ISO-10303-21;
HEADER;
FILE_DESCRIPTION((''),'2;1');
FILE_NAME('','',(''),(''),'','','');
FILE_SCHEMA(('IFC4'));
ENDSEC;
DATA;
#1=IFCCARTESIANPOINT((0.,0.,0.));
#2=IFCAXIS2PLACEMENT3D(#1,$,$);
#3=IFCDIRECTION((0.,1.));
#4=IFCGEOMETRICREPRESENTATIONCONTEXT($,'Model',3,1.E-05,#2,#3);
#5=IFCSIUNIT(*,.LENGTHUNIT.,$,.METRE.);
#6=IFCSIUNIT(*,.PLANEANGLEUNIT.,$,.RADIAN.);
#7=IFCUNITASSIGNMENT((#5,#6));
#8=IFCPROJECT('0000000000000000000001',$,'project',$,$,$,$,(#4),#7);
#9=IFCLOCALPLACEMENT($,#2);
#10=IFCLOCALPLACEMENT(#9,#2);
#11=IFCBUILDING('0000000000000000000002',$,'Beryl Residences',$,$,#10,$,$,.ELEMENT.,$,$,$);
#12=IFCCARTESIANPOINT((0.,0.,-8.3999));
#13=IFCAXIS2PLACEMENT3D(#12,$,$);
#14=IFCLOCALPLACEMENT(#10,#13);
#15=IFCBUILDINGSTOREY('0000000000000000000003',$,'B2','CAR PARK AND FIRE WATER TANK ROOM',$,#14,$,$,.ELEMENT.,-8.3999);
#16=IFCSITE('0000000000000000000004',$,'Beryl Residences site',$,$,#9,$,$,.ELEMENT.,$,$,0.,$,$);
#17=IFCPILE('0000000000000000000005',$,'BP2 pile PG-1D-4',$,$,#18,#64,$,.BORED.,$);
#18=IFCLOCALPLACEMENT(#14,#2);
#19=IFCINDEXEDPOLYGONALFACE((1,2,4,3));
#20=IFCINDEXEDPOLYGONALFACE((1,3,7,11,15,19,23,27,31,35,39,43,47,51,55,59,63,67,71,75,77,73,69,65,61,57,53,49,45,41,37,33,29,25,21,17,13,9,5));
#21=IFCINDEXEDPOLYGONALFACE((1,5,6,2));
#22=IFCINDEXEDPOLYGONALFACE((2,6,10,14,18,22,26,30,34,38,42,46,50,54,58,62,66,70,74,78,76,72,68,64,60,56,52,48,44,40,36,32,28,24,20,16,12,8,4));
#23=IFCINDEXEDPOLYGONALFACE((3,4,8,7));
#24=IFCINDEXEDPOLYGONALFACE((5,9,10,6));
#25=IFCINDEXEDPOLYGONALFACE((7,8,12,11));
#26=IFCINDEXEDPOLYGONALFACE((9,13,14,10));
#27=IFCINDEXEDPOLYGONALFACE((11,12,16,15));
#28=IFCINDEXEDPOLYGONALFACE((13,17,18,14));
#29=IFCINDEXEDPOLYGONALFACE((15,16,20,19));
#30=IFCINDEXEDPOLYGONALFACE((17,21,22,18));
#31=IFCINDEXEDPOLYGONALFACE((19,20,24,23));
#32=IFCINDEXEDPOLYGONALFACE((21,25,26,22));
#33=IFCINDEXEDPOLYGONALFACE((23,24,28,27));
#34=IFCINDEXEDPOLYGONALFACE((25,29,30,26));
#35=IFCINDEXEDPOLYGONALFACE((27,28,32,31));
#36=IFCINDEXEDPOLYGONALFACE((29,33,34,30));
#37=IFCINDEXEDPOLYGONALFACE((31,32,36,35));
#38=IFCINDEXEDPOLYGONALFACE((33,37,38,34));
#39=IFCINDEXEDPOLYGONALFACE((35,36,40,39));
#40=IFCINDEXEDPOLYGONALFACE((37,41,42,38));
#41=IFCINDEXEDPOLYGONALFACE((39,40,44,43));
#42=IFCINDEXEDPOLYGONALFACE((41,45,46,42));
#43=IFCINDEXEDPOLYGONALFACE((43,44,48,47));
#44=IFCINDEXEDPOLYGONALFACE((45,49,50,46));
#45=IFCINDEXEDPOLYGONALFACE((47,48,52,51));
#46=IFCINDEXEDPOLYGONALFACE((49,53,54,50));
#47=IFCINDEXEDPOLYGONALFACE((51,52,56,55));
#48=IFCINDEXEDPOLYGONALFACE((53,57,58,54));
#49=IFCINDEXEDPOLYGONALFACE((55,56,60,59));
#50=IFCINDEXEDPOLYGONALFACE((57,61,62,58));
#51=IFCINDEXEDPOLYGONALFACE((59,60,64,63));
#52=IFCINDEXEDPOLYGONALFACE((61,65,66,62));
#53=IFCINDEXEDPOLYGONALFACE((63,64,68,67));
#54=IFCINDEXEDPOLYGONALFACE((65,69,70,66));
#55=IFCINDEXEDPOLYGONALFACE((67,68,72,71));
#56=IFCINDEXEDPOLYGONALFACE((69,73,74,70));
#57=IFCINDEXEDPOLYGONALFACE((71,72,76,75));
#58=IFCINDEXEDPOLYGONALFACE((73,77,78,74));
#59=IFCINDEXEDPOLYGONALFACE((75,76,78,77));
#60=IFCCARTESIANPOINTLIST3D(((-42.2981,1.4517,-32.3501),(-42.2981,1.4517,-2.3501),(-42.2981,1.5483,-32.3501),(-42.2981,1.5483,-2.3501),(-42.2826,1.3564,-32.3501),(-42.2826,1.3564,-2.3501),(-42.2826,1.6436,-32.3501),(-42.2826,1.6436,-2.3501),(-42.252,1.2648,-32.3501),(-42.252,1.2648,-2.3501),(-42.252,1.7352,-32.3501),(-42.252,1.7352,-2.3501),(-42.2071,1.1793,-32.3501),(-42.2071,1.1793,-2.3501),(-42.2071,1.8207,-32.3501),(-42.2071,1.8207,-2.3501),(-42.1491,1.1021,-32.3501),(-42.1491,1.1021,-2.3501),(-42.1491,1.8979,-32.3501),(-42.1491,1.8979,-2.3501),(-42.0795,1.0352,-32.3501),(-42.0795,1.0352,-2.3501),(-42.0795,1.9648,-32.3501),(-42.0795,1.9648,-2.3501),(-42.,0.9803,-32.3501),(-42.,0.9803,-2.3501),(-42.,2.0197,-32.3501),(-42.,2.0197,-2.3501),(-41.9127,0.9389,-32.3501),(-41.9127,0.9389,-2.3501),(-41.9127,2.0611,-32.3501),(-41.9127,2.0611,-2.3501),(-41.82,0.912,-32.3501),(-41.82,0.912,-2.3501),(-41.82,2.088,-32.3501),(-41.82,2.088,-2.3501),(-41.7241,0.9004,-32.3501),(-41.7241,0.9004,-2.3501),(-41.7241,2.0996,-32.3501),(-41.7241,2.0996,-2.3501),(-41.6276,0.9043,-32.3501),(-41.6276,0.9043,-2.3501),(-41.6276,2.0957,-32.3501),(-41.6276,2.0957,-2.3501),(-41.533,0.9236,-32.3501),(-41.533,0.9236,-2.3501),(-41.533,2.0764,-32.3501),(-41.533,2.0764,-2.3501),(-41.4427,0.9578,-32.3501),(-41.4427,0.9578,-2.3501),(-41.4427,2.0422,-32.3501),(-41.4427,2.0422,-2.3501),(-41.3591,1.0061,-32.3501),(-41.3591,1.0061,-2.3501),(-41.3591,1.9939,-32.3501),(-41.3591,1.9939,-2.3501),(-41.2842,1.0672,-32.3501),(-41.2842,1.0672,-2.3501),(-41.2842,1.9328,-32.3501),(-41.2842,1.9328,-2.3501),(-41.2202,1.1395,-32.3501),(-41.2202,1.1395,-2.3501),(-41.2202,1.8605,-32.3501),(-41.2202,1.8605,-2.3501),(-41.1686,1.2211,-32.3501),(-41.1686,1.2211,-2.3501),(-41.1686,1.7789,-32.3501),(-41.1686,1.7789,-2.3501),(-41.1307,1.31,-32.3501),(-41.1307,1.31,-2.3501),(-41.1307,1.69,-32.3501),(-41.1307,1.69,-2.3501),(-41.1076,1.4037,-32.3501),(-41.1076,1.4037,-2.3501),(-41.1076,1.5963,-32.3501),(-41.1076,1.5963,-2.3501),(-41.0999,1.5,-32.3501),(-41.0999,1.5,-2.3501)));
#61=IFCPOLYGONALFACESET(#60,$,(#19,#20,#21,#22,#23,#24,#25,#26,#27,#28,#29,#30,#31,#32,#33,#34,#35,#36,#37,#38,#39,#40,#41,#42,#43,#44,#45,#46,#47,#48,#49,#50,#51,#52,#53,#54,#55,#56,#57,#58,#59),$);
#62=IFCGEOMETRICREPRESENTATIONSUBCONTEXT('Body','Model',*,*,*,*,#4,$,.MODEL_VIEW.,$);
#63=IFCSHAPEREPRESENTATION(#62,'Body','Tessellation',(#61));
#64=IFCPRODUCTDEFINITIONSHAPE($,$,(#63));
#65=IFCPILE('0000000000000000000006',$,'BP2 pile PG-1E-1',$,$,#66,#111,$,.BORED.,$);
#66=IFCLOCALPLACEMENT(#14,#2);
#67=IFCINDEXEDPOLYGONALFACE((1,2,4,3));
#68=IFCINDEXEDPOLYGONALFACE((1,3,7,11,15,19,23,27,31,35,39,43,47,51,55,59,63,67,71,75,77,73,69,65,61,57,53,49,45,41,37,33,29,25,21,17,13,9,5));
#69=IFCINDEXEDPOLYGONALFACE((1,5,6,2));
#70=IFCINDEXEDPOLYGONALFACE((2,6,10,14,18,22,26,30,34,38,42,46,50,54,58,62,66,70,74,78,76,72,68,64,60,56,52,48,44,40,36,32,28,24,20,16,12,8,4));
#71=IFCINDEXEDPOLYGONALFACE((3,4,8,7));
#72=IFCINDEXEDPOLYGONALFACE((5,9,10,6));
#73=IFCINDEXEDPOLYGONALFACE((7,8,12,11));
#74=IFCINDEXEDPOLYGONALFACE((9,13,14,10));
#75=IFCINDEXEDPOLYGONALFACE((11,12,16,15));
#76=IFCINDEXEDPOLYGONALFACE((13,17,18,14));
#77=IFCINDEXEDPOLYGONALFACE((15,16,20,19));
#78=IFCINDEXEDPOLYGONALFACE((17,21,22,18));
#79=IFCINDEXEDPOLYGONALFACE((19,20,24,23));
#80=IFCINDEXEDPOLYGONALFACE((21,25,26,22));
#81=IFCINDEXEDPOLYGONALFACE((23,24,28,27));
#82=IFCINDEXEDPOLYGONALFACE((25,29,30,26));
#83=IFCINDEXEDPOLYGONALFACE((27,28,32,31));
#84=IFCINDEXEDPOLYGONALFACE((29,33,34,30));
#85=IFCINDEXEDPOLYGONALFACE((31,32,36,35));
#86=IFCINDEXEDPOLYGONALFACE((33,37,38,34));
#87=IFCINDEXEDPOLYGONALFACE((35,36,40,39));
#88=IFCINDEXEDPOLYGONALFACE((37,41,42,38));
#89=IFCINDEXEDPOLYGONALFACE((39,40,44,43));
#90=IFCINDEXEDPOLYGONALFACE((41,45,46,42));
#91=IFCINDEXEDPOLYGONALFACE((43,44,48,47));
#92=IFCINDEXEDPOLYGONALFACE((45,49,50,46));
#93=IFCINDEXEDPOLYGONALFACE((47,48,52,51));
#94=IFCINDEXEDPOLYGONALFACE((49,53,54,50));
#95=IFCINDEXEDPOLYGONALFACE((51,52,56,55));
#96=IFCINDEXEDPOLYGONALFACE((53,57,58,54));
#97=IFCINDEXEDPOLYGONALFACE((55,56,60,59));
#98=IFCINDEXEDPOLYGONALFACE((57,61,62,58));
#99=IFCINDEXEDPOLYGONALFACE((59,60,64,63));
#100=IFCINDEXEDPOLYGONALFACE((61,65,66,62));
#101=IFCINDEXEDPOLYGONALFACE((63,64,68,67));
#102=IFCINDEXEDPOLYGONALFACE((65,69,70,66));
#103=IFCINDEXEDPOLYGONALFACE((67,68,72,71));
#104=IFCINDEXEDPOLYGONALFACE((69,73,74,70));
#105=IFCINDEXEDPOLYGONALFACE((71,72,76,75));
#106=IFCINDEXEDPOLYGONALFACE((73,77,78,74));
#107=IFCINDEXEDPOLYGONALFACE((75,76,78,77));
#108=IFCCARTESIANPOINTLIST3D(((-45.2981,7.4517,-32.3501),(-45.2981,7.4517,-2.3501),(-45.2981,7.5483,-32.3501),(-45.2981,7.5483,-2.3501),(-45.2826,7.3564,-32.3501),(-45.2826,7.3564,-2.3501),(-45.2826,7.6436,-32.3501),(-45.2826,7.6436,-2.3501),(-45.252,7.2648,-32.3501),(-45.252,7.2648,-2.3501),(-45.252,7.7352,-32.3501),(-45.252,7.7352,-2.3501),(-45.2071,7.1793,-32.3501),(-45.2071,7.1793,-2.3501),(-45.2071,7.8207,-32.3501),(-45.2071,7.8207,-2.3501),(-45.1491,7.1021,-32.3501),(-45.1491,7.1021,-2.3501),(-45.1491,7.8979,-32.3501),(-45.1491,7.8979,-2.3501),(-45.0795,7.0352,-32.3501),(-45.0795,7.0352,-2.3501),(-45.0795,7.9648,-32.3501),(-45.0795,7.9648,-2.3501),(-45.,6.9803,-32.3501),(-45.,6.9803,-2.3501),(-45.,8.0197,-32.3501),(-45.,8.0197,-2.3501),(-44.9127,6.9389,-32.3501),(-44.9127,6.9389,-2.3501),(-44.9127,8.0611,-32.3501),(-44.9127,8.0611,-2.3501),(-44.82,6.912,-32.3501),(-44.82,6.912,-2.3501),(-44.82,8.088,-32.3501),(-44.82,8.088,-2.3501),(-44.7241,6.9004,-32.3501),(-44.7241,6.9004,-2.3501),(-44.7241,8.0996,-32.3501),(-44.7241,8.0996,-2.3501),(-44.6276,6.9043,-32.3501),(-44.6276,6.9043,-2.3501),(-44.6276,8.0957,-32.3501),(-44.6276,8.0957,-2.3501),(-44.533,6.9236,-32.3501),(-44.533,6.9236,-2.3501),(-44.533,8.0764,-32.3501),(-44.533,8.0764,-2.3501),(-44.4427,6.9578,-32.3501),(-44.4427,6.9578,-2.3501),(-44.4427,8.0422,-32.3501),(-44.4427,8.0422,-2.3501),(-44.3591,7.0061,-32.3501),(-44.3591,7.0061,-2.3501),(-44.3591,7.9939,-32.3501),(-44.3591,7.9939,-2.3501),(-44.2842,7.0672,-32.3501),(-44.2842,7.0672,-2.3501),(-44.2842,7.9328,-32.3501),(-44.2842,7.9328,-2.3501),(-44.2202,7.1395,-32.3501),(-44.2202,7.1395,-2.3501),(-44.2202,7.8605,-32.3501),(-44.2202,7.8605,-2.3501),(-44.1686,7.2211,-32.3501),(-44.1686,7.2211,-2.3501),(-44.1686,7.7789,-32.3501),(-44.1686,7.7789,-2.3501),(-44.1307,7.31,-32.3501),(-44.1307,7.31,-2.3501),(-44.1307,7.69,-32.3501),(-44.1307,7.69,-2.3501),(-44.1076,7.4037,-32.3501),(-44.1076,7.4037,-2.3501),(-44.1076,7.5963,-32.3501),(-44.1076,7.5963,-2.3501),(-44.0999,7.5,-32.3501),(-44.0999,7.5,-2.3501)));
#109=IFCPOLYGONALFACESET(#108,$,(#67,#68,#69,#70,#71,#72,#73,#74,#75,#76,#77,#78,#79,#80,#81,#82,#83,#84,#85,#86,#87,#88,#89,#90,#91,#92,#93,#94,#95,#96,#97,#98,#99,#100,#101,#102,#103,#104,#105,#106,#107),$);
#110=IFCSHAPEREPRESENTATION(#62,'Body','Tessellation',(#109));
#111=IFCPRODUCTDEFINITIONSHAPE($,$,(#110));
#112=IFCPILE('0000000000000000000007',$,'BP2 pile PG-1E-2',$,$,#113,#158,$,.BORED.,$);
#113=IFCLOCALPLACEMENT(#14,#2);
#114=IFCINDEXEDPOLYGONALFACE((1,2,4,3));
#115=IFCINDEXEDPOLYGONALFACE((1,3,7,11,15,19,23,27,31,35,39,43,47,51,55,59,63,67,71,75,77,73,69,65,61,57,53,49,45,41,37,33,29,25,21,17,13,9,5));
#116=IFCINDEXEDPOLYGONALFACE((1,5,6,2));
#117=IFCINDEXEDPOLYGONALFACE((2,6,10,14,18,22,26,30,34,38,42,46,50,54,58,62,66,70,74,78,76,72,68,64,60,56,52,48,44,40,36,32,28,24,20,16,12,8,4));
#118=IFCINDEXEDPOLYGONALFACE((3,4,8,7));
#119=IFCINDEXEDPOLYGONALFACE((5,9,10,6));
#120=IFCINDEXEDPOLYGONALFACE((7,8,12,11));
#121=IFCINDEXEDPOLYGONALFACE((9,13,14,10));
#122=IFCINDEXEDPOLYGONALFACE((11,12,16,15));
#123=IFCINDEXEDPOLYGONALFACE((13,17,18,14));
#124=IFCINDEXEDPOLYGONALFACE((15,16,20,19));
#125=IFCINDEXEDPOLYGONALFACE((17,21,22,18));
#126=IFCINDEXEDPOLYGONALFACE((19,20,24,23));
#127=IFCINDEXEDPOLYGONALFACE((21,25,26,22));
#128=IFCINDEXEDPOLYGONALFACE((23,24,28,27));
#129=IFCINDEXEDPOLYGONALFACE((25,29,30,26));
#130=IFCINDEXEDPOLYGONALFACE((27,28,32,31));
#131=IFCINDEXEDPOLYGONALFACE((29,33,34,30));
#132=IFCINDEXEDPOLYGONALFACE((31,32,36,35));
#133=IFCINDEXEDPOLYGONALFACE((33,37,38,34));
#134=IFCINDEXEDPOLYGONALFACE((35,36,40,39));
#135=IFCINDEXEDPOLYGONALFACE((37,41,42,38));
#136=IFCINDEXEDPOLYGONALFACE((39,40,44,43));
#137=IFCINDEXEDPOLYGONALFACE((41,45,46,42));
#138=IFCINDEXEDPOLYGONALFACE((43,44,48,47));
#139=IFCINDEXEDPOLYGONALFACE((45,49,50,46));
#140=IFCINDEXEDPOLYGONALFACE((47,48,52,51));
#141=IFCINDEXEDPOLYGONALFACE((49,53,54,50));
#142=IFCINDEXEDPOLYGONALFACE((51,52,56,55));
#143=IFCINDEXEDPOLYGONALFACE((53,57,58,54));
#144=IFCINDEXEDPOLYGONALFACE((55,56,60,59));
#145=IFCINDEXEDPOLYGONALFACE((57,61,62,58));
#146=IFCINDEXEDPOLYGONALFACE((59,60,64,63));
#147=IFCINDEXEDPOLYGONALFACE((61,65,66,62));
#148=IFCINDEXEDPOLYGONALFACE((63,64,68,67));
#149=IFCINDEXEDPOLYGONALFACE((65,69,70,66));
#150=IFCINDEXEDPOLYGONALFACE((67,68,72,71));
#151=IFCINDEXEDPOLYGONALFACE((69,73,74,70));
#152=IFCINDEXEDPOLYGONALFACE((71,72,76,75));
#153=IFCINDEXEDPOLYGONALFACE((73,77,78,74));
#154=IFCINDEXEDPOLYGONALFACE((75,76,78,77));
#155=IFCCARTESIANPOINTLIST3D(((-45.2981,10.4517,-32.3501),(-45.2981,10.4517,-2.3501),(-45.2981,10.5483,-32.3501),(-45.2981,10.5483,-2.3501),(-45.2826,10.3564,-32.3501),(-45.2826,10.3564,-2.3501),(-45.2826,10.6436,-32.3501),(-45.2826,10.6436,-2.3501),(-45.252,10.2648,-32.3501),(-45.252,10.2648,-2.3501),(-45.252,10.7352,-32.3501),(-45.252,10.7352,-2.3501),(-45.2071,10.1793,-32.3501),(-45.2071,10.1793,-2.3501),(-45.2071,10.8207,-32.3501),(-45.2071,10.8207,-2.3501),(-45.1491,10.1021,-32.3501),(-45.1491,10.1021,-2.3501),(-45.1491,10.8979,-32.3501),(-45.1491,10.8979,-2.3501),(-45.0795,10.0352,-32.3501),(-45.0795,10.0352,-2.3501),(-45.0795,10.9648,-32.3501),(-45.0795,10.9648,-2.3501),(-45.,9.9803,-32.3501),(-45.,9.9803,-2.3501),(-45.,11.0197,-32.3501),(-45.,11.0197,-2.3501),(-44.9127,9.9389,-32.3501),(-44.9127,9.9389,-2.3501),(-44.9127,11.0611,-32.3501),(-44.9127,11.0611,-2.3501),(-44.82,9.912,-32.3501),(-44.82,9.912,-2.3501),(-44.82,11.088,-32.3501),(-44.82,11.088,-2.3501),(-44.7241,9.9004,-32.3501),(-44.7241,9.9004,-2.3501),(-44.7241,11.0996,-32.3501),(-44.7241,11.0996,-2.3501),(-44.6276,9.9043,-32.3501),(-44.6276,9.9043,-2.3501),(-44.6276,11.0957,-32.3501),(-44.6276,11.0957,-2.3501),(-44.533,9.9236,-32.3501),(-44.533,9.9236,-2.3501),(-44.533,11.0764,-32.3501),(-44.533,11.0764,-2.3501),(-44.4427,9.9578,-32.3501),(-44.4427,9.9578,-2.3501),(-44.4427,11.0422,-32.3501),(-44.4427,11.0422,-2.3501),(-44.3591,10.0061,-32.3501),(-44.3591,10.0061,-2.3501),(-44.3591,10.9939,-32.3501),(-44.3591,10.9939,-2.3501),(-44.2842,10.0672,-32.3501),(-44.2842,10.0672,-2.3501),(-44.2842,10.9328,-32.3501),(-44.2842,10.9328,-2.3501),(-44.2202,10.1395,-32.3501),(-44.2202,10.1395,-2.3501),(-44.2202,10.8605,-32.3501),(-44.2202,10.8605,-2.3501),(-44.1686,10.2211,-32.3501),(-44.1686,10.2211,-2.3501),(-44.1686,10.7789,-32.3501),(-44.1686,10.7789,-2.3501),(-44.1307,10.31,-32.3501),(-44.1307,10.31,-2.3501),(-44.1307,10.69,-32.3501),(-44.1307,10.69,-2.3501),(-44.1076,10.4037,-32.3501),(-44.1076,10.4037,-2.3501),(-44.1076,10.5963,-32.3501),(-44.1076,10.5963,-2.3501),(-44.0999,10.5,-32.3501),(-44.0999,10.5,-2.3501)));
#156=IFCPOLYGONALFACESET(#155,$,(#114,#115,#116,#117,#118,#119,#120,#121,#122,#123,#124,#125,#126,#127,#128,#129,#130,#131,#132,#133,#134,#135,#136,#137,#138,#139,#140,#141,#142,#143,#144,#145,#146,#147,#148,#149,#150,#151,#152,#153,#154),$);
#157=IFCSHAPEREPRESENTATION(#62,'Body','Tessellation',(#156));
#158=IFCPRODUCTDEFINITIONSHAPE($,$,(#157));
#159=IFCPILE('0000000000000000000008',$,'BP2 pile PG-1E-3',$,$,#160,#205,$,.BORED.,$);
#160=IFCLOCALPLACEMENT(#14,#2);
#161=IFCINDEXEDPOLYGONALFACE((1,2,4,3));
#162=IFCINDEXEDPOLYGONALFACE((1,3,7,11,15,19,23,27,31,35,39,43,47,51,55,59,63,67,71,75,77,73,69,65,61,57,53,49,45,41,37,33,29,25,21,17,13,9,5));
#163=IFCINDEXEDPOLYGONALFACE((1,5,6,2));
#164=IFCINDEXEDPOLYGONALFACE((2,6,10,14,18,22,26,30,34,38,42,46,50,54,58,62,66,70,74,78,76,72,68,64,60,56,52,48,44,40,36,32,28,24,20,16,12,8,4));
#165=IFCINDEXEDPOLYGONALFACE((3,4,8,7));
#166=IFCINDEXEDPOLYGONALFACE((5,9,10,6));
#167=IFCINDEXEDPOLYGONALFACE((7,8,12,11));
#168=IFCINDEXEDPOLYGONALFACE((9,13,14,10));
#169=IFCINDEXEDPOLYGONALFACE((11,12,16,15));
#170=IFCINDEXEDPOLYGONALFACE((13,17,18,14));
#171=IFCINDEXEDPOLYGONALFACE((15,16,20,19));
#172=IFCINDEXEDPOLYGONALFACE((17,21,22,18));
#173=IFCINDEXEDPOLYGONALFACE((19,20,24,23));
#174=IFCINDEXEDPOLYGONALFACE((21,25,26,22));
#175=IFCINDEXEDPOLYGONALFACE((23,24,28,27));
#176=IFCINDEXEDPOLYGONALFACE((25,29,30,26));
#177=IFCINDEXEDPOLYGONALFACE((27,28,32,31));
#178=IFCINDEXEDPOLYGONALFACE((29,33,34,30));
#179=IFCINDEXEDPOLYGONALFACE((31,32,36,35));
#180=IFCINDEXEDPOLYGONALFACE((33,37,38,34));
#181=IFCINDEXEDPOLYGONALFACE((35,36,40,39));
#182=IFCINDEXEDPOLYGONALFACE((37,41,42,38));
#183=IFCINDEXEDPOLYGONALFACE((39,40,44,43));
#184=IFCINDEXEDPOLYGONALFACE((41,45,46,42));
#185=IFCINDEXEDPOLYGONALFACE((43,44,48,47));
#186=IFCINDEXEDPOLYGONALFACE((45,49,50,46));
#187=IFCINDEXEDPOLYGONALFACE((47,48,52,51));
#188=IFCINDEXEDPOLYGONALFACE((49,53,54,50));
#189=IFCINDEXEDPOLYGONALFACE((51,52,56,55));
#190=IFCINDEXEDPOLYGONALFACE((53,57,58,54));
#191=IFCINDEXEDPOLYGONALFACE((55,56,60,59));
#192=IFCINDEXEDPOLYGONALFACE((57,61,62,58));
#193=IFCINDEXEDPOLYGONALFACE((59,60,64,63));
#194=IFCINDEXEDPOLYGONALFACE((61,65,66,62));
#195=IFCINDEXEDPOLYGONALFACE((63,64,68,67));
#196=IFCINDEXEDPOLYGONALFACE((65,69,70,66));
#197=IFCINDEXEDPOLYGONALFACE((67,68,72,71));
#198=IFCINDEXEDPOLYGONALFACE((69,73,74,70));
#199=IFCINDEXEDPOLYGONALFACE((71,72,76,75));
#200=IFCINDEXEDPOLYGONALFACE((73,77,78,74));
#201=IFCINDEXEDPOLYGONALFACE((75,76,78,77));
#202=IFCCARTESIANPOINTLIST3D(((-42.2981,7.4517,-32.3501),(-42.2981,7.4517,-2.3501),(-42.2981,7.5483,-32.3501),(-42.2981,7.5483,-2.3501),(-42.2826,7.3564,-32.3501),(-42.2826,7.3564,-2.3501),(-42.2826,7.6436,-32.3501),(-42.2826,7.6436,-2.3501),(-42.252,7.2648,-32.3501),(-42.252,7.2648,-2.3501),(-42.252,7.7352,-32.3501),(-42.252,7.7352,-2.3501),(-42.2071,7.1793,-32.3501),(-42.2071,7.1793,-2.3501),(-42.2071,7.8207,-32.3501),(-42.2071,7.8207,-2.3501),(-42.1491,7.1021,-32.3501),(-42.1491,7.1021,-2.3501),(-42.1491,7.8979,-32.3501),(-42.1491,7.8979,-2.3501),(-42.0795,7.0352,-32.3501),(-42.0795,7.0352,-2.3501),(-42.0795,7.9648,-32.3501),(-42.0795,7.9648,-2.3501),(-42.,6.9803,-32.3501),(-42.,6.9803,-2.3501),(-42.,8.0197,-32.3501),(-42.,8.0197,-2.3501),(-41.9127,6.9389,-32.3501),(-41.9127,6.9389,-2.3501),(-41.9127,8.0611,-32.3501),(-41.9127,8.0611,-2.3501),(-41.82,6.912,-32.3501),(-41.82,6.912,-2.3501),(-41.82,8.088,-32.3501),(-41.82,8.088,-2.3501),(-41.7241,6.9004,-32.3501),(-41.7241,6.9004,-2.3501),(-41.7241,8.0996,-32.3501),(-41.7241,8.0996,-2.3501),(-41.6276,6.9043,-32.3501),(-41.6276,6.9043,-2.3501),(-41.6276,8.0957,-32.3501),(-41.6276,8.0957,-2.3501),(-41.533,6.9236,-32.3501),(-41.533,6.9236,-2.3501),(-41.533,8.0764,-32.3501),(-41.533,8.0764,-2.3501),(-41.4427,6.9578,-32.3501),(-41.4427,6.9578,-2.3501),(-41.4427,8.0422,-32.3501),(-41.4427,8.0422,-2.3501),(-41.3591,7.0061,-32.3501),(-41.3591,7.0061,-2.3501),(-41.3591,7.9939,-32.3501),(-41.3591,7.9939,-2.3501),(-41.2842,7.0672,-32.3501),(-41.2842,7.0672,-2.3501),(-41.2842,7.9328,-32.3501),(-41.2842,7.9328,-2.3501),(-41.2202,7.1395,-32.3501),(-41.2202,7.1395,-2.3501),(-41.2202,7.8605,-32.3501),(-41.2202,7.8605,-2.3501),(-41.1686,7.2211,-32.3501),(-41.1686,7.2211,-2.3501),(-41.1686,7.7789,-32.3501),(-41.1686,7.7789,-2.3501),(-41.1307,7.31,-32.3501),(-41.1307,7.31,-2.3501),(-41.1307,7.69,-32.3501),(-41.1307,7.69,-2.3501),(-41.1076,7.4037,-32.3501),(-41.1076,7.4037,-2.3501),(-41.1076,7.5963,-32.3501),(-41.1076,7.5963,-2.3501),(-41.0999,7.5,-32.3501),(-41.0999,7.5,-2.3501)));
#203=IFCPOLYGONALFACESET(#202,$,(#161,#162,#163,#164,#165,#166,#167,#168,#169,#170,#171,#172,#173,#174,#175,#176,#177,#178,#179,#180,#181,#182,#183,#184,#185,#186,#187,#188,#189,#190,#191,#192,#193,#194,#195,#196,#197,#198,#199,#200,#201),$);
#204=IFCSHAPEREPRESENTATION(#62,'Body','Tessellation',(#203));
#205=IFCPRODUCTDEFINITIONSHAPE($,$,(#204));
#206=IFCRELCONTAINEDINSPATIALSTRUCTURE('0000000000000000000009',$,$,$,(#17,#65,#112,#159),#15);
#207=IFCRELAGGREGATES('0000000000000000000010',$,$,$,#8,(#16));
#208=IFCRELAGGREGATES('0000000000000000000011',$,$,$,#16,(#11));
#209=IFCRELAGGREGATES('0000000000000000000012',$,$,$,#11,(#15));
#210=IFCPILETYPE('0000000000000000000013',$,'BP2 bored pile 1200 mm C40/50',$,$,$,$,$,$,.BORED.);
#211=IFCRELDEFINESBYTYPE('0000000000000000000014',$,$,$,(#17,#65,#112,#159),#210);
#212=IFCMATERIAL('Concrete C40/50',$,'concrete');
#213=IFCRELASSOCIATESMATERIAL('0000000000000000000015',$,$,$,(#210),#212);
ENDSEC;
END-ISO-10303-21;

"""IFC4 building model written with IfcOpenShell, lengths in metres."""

from ifc_helpers import new_model, si_unit, direction, frame, origin, origin_2d, place, context, subcontext, project, spatial, circle, extrude, material, material_profile, profile_set, type_object, element, save


model = new_model("IFC4")

# Units and contexts
model_context = context("Model", 3, precision=1e-05, world=origin(), true_north=direction((0.0, 1.0)))
body_context = subcontext(model_context, "Body", "Model", "MODEL_VIEW")
ifc_project = project(units=[si_unit("LENGTHUNIT", "METRE"), si_unit("PLANEANGLEUNIT", "RADIAN")], contexts=[model_context])

# Site, building, storey
site_placement = place(None, origin())
site = spatial("IfcSite", under=ifc_project, at=site_placement, Name="Beryl Residences site", CompositionType="ELEMENT", RefElevation=0.0)
building_placement = place(site_placement, origin())
building = spatial("IfcBuilding", under=site, at=building_placement, Name="Beryl Residences", CompositionType="ELEMENT")
storey_placement = place(building_placement, frame((0.0, 0.0, -8.3999)))
storey = spatial("IfcBuildingStorey", under=building, at=storey_placement, Name="B2", Description="CAR PARK AND FIRE WATER TANK ROOM", CompositionType="ELEMENT", Elevation=-8.3999)

# Piles
ifc_material_1 = material(Name="Concrete C40/50", Category="concrete")
ifc_material_profile_1 = material_profile(ifc_material_1, circle(Radius=0.6001, at=origin_2d()))
ifc_profile_set_1 = profile_set([ifc_material_profile_1], Name="Concrete C40/50")
pile_type_1 = type_object("IfcPileType", Name="BP2 bored pile 1200 mm C40/50", PredefinedType="BORED", material=ifc_profile_set_1)
for number, where, z_axis, x_axis, name in (
    (1, (-41.7, 1.5, -2.3501), (0.0, 0.0, -1.0), (1.0, 0.0, 0.0), "BP2 pile PG-1D-4"),
    (2, (-44.7, 7.5, -2.3501), (0.0, 0.0, -1.0), (1.0, 0.0, 0.0), "BP2 pile PG-1E-1"),
    (3, (-44.7, 10.5, -2.3501), (0.0, 0.0, -1.0), (1.0, 0.0, 0.0), "BP2 pile PG-1E-2"),
    (4, (-41.7, 7.5, -2.3501), (0.0, 0.0, -1.0), (1.0, 0.0, 0.0), "BP2 pile PG-1E-3"),
):
    element("IfcPile", number, at=place(storey_placement, frame(where, z_axis=z_axis, x_axis=x_axis)), inside=storey, type_object=pile_type_1, Name=name, PredefinedType="BORED", context=body_context, shape_type="SweptSolid", body=[
        extrude(circle(Radius=0.6001, at=origin_2d()), origin(), (0.0, 0.0, 1.0), 30.0),
    ])

save(model, "model.ifc")
